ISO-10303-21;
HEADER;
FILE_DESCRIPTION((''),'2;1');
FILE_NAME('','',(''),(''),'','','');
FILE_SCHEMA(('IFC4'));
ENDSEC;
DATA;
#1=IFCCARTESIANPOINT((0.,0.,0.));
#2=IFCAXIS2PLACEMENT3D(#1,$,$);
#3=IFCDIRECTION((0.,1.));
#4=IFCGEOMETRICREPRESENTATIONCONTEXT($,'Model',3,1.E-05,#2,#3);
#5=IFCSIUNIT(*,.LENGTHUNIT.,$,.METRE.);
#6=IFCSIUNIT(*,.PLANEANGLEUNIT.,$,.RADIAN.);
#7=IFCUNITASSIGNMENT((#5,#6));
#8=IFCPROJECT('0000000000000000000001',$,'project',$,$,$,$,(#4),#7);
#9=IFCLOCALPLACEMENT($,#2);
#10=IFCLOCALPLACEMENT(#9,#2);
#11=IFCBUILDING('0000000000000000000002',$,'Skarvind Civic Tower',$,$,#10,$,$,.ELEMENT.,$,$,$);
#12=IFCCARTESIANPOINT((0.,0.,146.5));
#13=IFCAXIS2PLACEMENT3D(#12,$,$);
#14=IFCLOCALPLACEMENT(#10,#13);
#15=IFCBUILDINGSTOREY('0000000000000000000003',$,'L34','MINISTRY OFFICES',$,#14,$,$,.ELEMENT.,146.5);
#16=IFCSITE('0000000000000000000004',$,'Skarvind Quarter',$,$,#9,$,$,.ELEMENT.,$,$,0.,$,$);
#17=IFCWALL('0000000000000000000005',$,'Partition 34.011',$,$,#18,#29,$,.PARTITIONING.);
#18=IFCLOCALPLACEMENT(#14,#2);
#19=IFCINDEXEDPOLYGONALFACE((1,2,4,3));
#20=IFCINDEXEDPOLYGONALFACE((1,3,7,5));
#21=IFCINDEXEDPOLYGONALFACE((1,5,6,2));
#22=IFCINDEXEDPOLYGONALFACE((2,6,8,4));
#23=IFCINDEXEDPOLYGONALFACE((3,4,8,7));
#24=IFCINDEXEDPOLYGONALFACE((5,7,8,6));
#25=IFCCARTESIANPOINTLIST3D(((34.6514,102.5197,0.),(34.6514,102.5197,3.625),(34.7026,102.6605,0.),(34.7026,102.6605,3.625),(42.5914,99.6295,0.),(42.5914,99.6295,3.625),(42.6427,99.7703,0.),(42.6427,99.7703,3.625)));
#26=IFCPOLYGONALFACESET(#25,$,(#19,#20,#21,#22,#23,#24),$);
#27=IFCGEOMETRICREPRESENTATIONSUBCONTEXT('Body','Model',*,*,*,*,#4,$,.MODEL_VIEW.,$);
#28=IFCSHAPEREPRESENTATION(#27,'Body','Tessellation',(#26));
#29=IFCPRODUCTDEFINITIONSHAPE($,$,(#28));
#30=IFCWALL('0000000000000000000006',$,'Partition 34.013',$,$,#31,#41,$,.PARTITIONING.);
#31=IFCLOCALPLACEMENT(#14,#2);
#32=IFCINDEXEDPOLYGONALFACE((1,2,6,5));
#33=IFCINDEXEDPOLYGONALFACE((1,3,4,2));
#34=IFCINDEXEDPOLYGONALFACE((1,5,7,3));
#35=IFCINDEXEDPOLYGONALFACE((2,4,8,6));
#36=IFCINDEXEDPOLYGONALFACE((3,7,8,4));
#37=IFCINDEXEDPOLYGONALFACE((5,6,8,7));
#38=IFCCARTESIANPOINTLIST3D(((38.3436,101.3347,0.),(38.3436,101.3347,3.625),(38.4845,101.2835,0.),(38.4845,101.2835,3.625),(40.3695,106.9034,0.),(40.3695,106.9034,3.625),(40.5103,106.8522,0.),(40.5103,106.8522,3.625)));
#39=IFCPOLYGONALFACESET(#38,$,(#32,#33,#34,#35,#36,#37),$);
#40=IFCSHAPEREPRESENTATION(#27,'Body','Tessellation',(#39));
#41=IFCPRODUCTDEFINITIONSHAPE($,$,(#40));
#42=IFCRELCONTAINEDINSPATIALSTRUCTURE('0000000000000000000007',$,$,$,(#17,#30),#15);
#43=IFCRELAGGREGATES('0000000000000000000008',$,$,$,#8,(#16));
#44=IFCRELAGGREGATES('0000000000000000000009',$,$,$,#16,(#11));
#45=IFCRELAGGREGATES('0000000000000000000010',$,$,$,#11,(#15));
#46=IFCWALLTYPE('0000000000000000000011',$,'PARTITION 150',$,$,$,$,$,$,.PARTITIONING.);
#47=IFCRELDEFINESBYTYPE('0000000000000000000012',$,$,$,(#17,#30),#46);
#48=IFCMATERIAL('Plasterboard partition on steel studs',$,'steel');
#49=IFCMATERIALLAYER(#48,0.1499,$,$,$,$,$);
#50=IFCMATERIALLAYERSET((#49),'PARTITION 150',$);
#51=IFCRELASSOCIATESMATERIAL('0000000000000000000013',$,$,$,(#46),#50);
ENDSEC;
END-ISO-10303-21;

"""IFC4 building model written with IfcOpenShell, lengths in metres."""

from ifc_helpers import new_model, si_unit, direction, frame, frame_2d, origin, place, context, subcontext, project, spatial, rectangle, extrude, material, layer, layer_set, type_object, element, save


model = new_model("IFC4")

# Units and contexts
model_context = context("Model", 3, precision=1e-05, world=origin(), true_north=direction((0.0, 1.0)))
body_context = subcontext(model_context, "Body", "Model", "MODEL_VIEW")
ifc_project = project(units=[si_unit("LENGTHUNIT", "METRE"), si_unit("PLANEANGLEUNIT", "RADIAN")], contexts=[model_context])

# Site, building, storey
site_placement = place(None, origin())
site = spatial("IfcSite", under=ifc_project, at=site_placement, Name="Skarvind Quarter", CompositionType="ELEMENT", RefElevation=0.0)
building_placement = place(site_placement, origin())
building = spatial("IfcBuilding", under=site, at=building_placement, Name="Skarvind Civic Tower", CompositionType="ELEMENT")
storey_placement = place(building_placement, frame((0.0, 0.0, 146.5)))
storey = spatial("IfcBuildingStorey", under=building, at=storey_placement, Name="L34", Description="MINISTRY OFFICES", CompositionType="ELEMENT", Elevation=146.5)

# Walls
ifc_material_1 = material(Name="Plasterboard partition on steel studs", Category="steel")
ifc_layer_1 = layer(ifc_material_1, 0.1499)
ifc_layer_set_1 = layer_set([ifc_layer_1], Name="PARTITION 150")
wall_type_1 = type_object("IfcWallType", Name="PARTITION 150", PredefinedType="PARTITIONING", material=ifc_layer_set_1)
wall_1_placement = place(storey_placement, frame((34.677, 102.5901, 0.0), z_axis=(0.0, 0.0, 1.0), x_axis=(0.939684, -0.342045, 0.0)))
element("IfcWall", 1, at=wall_1_placement, inside=storey, type_object=wall_type_1, Name="Partition 34.011", PredefinedType="PARTITIONING", context=body_context, shape_type="SweptSolid", body=[
    extrude(rectangle(XDim=8.4497, YDim=0.1499, at=frame_2d((4.2249, 0.0))), origin(), (0.0, 0.0, 1.0), 3.625),
])
wall_2_placement = place(storey_placement, frame((38.4141, 101.3091, 0.0), z_axis=(0.0, 0.0, 1.0), x_axis=(0.341869, 0.939748, 0.0)))
element("IfcWall", 2, at=wall_2_placement, inside=storey, type_object=wall_type_1, Name="Partition 34.013", PredefinedType="PARTITIONING", context=body_context, shape_type="SweptSolid", body=[
    extrude(rectangle(XDim=5.9258, YDim=0.1499, at=frame_2d((2.9629, 0.0))), origin(), (0.0, 0.0, 1.0), 3.625),
])

save(model, "model.ifc")
